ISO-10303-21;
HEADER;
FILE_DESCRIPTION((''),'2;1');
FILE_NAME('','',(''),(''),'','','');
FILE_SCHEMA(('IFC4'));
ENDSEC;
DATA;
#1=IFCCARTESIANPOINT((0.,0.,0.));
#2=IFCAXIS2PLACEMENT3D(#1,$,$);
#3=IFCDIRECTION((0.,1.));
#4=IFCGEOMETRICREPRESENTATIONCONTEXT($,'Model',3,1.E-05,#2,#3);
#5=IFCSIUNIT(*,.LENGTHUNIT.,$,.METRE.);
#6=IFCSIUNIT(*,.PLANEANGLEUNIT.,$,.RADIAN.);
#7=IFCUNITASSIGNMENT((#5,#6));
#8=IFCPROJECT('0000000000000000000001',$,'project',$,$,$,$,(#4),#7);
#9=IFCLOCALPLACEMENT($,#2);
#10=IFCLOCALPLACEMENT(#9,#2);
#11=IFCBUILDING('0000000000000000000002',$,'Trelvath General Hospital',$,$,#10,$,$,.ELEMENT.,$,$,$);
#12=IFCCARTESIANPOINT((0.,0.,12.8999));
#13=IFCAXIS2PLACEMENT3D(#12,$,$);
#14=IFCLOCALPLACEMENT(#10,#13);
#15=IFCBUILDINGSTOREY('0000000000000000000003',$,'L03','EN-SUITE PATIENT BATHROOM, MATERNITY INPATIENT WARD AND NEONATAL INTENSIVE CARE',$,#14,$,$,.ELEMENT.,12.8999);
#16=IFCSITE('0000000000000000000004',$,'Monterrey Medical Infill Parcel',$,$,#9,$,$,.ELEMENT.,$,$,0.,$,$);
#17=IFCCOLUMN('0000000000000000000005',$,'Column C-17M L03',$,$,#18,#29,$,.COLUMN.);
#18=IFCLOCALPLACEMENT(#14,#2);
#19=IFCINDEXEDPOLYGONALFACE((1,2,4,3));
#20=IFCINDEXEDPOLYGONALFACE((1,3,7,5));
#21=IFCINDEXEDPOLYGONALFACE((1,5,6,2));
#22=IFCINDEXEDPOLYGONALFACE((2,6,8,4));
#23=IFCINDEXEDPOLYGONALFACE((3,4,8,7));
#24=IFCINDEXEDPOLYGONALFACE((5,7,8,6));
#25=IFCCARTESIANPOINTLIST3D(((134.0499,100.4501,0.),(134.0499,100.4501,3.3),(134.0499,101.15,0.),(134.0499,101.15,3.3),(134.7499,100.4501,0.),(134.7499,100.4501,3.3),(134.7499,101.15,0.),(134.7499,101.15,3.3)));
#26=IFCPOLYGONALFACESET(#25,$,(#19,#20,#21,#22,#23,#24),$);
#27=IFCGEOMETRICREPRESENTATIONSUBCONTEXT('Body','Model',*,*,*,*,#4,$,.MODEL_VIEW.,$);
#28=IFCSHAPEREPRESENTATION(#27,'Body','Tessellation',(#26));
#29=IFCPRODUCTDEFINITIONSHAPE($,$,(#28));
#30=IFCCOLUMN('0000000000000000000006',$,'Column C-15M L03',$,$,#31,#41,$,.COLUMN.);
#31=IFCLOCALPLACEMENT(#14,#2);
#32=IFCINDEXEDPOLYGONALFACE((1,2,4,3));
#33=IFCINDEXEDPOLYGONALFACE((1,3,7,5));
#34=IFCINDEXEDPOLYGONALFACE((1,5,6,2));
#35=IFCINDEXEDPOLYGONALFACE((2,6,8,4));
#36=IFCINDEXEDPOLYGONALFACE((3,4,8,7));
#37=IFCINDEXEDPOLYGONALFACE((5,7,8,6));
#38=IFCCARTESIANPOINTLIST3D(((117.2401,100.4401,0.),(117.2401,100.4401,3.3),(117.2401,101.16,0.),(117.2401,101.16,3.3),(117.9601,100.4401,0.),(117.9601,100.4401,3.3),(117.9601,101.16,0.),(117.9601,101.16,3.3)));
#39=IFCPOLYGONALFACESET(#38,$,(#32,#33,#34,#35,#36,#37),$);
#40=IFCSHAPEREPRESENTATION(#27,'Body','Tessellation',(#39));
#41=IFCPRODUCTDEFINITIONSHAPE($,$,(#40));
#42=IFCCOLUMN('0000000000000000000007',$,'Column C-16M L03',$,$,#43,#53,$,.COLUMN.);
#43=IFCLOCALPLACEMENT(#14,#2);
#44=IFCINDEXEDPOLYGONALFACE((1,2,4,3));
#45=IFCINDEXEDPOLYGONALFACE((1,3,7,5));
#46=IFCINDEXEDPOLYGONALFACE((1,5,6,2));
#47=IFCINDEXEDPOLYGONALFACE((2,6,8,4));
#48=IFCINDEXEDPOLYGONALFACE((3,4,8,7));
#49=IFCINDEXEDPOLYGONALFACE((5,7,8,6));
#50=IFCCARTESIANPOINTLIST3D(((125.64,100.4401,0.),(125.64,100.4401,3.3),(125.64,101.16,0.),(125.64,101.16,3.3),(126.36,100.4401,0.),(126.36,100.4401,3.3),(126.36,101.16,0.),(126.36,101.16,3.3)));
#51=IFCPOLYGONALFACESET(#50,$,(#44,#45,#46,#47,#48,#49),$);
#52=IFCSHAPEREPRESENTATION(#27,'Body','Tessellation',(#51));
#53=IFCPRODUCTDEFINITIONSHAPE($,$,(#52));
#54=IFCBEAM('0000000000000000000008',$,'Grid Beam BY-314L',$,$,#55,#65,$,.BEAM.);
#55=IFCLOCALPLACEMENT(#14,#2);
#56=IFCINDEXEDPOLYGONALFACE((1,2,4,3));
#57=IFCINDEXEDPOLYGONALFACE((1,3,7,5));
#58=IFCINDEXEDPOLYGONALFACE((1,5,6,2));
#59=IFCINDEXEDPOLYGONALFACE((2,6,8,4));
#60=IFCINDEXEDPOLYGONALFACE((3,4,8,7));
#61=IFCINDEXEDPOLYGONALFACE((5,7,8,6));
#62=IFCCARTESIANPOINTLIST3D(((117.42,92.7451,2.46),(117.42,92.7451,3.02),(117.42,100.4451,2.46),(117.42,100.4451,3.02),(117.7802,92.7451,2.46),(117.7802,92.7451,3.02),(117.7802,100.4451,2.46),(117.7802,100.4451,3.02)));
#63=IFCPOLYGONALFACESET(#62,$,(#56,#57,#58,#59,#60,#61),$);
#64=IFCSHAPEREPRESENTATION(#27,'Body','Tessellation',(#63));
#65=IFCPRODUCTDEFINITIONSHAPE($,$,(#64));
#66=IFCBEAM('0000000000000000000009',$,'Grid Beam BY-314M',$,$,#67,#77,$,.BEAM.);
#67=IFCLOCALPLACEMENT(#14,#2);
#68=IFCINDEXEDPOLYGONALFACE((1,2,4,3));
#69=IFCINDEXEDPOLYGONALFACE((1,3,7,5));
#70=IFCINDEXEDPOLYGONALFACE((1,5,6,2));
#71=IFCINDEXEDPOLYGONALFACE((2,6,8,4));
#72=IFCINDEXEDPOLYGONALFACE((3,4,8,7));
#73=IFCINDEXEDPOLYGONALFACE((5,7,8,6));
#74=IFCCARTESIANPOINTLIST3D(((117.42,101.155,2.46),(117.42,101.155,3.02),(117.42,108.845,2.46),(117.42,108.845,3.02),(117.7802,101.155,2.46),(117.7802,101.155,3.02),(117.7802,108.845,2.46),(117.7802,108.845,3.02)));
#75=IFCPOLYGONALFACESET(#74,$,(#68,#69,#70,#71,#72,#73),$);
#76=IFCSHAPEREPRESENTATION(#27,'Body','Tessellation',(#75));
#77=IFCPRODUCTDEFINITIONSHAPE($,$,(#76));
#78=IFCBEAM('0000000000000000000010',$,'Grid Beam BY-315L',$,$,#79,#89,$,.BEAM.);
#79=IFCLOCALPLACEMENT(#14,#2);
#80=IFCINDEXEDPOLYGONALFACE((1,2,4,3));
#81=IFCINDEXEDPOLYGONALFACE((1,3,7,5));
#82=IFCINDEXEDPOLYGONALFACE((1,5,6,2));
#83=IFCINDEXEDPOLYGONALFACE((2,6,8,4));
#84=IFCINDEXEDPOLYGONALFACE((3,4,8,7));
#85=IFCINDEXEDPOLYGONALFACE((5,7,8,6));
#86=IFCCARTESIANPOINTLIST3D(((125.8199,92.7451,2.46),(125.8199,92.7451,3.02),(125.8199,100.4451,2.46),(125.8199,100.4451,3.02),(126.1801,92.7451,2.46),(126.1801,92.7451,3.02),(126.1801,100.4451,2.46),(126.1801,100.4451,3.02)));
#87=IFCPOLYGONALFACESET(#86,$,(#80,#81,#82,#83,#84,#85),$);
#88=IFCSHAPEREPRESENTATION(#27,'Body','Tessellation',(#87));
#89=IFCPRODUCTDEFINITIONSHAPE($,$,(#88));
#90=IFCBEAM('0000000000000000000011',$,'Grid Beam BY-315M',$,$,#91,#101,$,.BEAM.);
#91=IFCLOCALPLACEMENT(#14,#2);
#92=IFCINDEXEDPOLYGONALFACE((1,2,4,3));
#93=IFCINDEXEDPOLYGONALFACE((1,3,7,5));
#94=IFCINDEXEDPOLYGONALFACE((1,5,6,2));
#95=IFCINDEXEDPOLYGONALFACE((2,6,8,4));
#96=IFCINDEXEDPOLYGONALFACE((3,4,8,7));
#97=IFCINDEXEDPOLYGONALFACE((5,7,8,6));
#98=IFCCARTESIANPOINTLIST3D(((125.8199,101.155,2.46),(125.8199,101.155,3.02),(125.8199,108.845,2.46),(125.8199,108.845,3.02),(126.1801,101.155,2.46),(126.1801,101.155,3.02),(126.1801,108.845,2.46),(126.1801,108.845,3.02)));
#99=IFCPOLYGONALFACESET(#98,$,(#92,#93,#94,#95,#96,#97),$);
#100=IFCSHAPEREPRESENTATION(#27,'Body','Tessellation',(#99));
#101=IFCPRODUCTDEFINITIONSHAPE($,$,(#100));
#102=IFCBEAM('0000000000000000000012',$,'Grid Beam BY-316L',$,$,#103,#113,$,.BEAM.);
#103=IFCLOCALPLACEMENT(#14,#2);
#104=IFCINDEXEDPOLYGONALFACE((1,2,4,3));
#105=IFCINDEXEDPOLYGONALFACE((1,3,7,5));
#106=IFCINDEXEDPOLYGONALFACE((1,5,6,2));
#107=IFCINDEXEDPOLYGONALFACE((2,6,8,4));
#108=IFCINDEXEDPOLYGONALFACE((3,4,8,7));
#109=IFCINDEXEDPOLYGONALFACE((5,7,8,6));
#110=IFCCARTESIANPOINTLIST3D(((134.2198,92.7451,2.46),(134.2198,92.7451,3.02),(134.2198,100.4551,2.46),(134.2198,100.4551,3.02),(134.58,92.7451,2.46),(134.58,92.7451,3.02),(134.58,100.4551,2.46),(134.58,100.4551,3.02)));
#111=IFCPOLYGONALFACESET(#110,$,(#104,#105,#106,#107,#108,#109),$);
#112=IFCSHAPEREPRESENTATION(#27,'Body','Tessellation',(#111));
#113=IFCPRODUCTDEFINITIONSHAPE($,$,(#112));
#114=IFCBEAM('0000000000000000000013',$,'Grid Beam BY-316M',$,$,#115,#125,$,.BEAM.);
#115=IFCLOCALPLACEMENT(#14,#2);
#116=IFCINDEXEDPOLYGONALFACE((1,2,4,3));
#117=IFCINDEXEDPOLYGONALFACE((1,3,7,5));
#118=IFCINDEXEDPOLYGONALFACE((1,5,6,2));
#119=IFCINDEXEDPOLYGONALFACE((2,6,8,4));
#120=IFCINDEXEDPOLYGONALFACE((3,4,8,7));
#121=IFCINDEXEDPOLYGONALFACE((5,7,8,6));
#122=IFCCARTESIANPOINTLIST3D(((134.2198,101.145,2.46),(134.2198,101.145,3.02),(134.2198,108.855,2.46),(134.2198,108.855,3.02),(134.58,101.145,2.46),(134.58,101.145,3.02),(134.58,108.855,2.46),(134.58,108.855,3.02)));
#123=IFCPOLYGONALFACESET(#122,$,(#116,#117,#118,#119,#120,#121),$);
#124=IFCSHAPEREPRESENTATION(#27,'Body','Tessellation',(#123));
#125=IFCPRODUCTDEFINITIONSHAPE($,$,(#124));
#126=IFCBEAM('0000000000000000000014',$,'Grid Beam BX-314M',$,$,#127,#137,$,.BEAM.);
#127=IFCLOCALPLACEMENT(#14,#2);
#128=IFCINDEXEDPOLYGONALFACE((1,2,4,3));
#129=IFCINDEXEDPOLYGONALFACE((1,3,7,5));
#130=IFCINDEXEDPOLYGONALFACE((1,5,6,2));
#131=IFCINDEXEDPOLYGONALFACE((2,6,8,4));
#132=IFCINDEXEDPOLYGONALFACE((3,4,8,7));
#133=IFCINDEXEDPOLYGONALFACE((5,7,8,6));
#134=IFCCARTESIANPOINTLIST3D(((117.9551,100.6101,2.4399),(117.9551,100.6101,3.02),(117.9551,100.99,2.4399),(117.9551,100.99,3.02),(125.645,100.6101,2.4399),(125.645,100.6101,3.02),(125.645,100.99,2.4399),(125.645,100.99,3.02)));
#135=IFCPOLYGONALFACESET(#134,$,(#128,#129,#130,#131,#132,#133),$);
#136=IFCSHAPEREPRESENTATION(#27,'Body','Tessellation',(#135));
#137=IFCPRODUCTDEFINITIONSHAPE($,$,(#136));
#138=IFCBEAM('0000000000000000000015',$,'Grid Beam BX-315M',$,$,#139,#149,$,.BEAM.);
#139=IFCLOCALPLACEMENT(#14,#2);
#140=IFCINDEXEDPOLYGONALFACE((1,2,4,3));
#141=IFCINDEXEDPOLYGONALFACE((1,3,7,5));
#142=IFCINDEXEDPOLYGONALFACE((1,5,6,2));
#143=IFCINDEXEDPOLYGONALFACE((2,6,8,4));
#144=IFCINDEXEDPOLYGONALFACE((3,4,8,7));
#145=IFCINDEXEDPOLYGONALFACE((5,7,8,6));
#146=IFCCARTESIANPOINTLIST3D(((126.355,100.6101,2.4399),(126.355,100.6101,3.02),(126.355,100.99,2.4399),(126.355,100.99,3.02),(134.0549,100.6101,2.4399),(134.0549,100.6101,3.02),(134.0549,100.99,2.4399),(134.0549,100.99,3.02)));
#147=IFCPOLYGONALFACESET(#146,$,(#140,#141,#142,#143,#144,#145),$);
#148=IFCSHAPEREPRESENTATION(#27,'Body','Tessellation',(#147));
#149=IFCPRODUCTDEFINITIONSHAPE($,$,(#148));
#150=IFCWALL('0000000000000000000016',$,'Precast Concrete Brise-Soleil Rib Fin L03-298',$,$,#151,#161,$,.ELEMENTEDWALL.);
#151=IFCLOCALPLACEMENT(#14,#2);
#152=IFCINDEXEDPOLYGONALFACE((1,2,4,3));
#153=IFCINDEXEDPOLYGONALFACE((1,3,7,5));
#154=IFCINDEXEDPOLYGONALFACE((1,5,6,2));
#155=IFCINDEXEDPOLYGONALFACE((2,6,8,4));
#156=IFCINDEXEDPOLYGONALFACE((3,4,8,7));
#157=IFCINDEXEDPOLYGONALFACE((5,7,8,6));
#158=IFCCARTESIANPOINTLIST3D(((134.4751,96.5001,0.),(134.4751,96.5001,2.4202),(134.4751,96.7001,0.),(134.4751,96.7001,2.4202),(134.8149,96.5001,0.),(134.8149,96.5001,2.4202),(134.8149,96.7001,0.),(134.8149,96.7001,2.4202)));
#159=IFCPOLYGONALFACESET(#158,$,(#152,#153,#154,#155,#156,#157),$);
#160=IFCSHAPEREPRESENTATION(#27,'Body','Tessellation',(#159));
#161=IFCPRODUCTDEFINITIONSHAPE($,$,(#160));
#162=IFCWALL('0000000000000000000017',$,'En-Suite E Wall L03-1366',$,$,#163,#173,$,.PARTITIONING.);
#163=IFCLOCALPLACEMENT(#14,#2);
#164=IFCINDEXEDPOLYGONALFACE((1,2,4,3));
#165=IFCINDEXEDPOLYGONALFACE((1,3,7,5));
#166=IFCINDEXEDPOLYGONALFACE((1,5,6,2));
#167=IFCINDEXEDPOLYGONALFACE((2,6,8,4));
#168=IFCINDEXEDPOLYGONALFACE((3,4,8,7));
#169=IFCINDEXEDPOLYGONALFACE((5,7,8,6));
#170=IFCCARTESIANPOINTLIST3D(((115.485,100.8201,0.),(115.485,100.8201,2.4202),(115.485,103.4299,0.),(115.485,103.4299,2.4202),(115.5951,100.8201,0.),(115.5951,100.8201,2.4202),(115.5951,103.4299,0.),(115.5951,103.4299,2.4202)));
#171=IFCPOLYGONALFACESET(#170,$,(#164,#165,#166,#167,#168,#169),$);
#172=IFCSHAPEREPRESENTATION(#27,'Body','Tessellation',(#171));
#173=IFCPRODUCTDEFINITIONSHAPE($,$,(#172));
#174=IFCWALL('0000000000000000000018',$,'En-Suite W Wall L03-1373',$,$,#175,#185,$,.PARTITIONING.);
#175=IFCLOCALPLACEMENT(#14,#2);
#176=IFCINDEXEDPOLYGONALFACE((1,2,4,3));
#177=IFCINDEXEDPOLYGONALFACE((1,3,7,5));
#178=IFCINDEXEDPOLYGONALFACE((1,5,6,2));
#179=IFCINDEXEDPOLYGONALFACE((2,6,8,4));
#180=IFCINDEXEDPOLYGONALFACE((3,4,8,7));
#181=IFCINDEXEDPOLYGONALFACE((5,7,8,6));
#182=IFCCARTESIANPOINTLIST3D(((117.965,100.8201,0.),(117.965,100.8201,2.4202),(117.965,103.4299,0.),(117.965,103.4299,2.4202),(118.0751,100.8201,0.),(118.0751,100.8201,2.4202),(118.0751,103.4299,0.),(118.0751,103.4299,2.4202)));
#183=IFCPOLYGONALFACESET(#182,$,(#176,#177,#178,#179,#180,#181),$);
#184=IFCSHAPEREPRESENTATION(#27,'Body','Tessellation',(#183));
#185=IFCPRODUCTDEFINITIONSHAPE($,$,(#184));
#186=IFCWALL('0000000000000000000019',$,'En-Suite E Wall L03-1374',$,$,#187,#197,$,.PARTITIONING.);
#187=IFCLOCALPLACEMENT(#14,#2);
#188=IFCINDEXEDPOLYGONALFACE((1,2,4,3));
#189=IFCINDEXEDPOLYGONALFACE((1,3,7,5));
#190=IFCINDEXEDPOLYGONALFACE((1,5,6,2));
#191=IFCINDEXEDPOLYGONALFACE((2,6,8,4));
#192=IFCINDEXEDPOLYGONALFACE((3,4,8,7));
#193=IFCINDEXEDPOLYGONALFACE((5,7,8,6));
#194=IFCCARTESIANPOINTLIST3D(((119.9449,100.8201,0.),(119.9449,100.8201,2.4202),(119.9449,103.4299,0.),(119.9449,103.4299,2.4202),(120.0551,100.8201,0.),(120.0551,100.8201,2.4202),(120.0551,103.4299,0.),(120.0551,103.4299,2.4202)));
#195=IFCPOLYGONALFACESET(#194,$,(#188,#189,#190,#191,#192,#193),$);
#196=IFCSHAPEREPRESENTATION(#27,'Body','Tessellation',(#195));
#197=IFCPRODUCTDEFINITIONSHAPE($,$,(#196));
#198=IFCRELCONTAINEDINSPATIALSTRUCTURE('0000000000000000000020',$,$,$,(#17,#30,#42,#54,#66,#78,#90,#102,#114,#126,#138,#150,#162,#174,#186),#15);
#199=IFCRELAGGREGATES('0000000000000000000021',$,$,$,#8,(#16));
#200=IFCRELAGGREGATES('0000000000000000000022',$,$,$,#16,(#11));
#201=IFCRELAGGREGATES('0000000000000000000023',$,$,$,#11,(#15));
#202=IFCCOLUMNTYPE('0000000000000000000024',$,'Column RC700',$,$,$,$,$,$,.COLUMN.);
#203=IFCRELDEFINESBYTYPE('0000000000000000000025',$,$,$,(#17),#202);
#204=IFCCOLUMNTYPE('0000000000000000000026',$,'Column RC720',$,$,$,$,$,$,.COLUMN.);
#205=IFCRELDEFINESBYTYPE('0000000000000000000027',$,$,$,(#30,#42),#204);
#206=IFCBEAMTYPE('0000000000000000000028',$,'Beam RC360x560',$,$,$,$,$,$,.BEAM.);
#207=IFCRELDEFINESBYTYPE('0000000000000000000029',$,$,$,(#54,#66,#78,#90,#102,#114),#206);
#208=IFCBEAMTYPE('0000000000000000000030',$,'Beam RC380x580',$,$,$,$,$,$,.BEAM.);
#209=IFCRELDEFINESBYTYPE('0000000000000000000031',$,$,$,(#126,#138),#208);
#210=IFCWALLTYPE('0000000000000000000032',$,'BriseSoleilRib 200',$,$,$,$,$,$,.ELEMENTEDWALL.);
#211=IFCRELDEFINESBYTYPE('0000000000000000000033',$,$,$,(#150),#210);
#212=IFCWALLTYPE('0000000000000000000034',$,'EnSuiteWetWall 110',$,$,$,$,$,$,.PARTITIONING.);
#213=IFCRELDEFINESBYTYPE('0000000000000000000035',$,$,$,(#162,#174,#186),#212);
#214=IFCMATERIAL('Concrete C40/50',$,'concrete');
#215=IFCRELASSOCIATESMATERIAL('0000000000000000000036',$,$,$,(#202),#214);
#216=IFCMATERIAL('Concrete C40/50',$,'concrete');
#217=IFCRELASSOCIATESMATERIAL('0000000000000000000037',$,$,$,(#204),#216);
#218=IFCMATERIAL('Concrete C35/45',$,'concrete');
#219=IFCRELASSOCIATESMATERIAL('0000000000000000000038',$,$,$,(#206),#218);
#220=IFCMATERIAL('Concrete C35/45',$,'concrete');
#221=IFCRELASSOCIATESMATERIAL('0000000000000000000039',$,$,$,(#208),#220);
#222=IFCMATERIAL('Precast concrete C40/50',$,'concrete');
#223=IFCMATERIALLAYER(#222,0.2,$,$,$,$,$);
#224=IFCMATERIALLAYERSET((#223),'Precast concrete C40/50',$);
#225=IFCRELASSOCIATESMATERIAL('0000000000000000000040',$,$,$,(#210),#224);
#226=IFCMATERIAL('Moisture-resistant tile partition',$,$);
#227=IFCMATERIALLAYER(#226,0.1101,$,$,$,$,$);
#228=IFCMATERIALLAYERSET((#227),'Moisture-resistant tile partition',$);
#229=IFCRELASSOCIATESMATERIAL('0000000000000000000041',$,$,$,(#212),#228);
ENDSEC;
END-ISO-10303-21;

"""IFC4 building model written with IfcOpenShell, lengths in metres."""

from ifc_helpers import new_model, si_unit, direction, frame, frame_2d, origin, origin_2d, place, context, subcontext, project, spatial, rectangle, extrude, material, layer, layer_set, material_profile, profile_set, type_object, element, save


model = new_model("IFC4")

# Units and contexts
model_context = context("Model", 3, precision=1e-05, world=origin(), true_north=direction((0.0, 1.0)))
body_context = subcontext(model_context, "Body", "Model", "MODEL_VIEW")
ifc_project = project(units=[si_unit("LENGTHUNIT", "METRE"), si_unit("PLANEANGLEUNIT", "RADIAN")], contexts=[model_context])

# Site, building, storey
site_placement = place(None, origin())
site = spatial("IfcSite", under=ifc_project, at=site_placement, Name="Monterrey Medical Infill Parcel", CompositionType="ELEMENT", RefElevation=0.0)
building_placement = place(site_placement, origin())
building = spatial("IfcBuilding", under=site, at=building_placement, Name="Trelvath General Hospital", CompositionType="ELEMENT")
storey_placement = place(building_placement, frame((0.0, 0.0, 12.8999)))
storey = spatial("IfcBuildingStorey", under=building, at=storey_placement, Name="L03", Description="EN-SUITE PATIENT BATHROOM, MATERNITY INPATIENT WARD AND NEONATAL INTENSIVE CARE", CompositionType="ELEMENT", Elevation=12.8999)

# Columns
ifc_material_1 = material(Name="Concrete C40/50", Category="concrete")
ifc_material_profile_1 = material_profile(ifc_material_1, rectangle(XDim=0.7, YDim=0.7, at=origin_2d()), Name="RC700x700")
ifc_profile_set_1 = profile_set([ifc_material_profile_1], Name="Concrete C40/50")
column_type_1 = type_object("IfcColumnType", Name="Column RC700", PredefinedType="COLUMN", material=ifc_profile_set_1)
column_placement = place(storey_placement, frame((134.3999, 100.8, 0.0), z_axis=(0.0, 0.0, 1.0), x_axis=(1.0, 0.0, 0.0)))
element("IfcColumn", 1, at=column_placement, inside=storey, type_object=column_type_1, Name="Column C-17M L03", PredefinedType="COLUMN", context=body_context, shape_type="SweptSolid", body=[
    extrude(rectangle(XDim=0.7, YDim=0.7, at=origin_2d()), origin(), (0.0, 0.0, 1.0), 3.3),
])
ifc_material_2 = material(Name="Concrete C40/50", Category="concrete")
ifc_material_profile_2 = material_profile(ifc_material_2, rectangle(XDim=0.72, YDim=0.72, at=origin_2d()), Name="RC720x720")
ifc_profile_set_2 = profile_set([ifc_material_profile_2], Name="Concrete C40/50")
column_type_2 = type_object("IfcColumnType", Name="Column RC720", PredefinedType="COLUMN", material=ifc_profile_set_2)
for number, where, z_axis, x_axis, name in (
    (2, (117.6001, 100.8, 0.0), (0.0, 0.0, 1.0), (1.0, 0.0, 0.0), "Column C-15M L03"),
    (3, (126.0, 100.8, 0.0), (0.0, 0.0, 1.0), (1.0, 0.0, 0.0), "Column C-16M L03"),
):
    element("IfcColumn", number, at=place(storey_placement, frame(where, z_axis=z_axis, x_axis=x_axis)), inside=storey, type_object=column_type_2, Name=name, PredefinedType="COLUMN", context=body_context, shape_type="SweptSolid", body=[
        extrude(rectangle(XDim=0.72, YDim=0.72, at=origin_2d()), origin(), (0.0, 0.0, 1.0), 3.3),
    ])

# Beams
ifc_material_3 = material(Name="Concrete C35/45", Category="concrete")
ifc_material_profile_3 = material_profile(ifc_material_3, rectangle(XDim=0.3601, YDim=0.5601, at=origin_2d()), Name="RCB360x560")
ifc_profile_set_3 = profile_set([ifc_material_profile_3], Name="Concrete C35/45")
beam_type_1 = type_object("IfcBeamType", Name="Beam RC360x560", PredefinedType="BEAM", material=ifc_profile_set_3)
beam_1_placement = place(storey_placement, frame((117.6001, 92.7451, 2.74), z_axis=(0.0, 1.0, 0.0), x_axis=(-1.0, 0.0, 0.0)))
element("IfcBeam", 4, at=beam_1_placement, inside=storey, type_object=beam_type_1, Name="Grid Beam BY-314L", PredefinedType="BEAM", context=body_context, shape_type="SweptSolid", body=[
    extrude(rectangle(XDim=0.3601, YDim=0.5601, at=origin_2d()), origin(), (0.0, 0.0, 1.0), 7.7),
])
beam_2_placement = place(storey_placement, frame((117.6001, 101.155, 2.74), z_axis=(0.0, 1.0, 0.0), x_axis=(-1.0, 0.0, 0.0)))
element("IfcBeam", 5, at=beam_2_placement, inside=storey, type_object=beam_type_1, Name="Grid Beam BY-314M", PredefinedType="BEAM", context=body_context, shape_type="SweptSolid", body=[
    extrude(rectangle(XDim=0.3601, YDim=0.5601, at=origin_2d()), origin(), (0.0, 0.0, 1.0), 7.6899),
])
beam_3_placement = place(storey_placement, frame((126.0, 92.7451, 2.74), z_axis=(0.0, 1.0, 0.0), x_axis=(-1.0, 0.0, 0.0)))
element("IfcBeam", 6, at=beam_3_placement, inside=storey, type_object=beam_type_1, Name="Grid Beam BY-315L", PredefinedType="BEAM", context=body_context, shape_type="SweptSolid", body=[
    extrude(rectangle(XDim=0.3601, YDim=0.5601, at=origin_2d()), origin(), (0.0, 0.0, 1.0), 7.7),
])
beam_4_placement = place(storey_placement, frame((126.0, 101.155, 2.74), z_axis=(0.0, 1.0, 0.0), x_axis=(-1.0, 0.0, 0.0)))
element("IfcBeam", 7, at=beam_4_placement, inside=storey, type_object=beam_type_1, Name="Grid Beam BY-315M", PredefinedType="BEAM", context=body_context, shape_type="SweptSolid", body=[
    extrude(rectangle(XDim=0.3601, YDim=0.5601, at=origin_2d()), origin(), (0.0, 0.0, 1.0), 7.6899),
])
for number, where, z_axis, x_axis, name in (
    (8, (134.3999, 92.7451, 2.74), (0.0, 1.0, 0.0), (-1.0, 0.0, 0.0), "Grid Beam BY-316L"),
    (9, (134.3999, 101.145, 2.74), (0.0, 1.0, 0.0), (-1.0, 0.0, 0.0), "Grid Beam BY-316M"),
):
    element("IfcBeam", number, at=place(storey_placement, frame(where, z_axis=z_axis, x_axis=x_axis)), inside=storey, type_object=beam_type_1, Name=name, PredefinedType="BEAM", context=body_context, shape_type="SweptSolid", body=[
        extrude(rectangle(XDim=0.3601, YDim=0.5601, at=origin_2d()), origin(), (0.0, 0.0, 1.0), 7.71),
    ])
ifc_material_4 = material(Name="Concrete C35/45", Category="concrete")
ifc_material_profile_4 = material_profile(ifc_material_4, rectangle(XDim=0.3799, YDim=0.5801, at=origin_2d()), Name="RCB380x580")
ifc_profile_set_4 = profile_set([ifc_material_profile_4], Name="Concrete C35/45")
beam_type_2 = type_object("IfcBeamType", Name="Beam RC380x580", PredefinedType="BEAM", material=ifc_profile_set_4)
beam_5_placement = place(storey_placement, frame((117.9551, 100.8, 2.73), z_axis=(1.0, 0.0, 0.0), x_axis=(0.0, 1.0, 0.0)))
element("IfcBeam", 10, at=beam_5_placement, inside=storey, type_object=beam_type_2, Name="Grid Beam BX-314M", PredefinedType="BEAM", context=body_context, shape_type="SweptSolid", body=[
    extrude(rectangle(XDim=0.3799, YDim=0.5801, at=origin_2d()), origin(), (0.0, 0.0, 1.0), 7.6899),
])
beam_6_placement = place(storey_placement, frame((126.355, 100.8, 2.73), z_axis=(1.0, 0.0, 0.0), x_axis=(0.0, 1.0, 0.0)))
element("IfcBeam", 11, at=beam_6_placement, inside=storey, type_object=beam_type_2, Name="Grid Beam BX-315M", PredefinedType="BEAM", context=body_context, shape_type="SweptSolid", body=[
    extrude(rectangle(XDim=0.3799, YDim=0.5801, at=origin_2d()), origin(), (0.0, 0.0, 1.0), 7.7),
])

# Walls
ifc_material_5 = material(Name="Precast concrete C40/50", Category="concrete")
ifc_layer_1 = layer(ifc_material_5, 0.2)
ifc_layer_set_1 = layer_set([ifc_layer_1], Name="Precast concrete C40/50")
wall_type_1 = type_object("IfcWallType", Name="BriseSoleilRib 200", PredefinedType="ELEMENTEDWALL", material=ifc_layer_set_1)
wall_1_placement = place(storey_placement, frame((134.4751, 96.6001, 0.0), z_axis=(0.0, 0.0, 1.0), x_axis=(1.0, 0.0, 0.0)))
element("IfcWall", 12, at=wall_1_placement, inside=storey, type_object=wall_type_1, Name="Precast Concrete Brise-Soleil Rib Fin L03-298", PredefinedType="ELEMENTEDWALL", context=body_context, shape_type="SweptSolid", body=[
    extrude(rectangle(XDim=0.3398, YDim=0.2, at=frame_2d((0.1699, 0.0))), origin(), (0.0, 0.0, 1.0), 2.4202),
])
ifc_material_6 = material(Name="Moisture-resistant tile partition")
ifc_layer_2 = layer(ifc_material_6, 0.1101)
ifc_layer_set_2 = layer_set([ifc_layer_2], Name="Moisture-resistant tile partition")
wall_type_2 = type_object("IfcWallType", Name="EnSuiteWetWall 110", PredefinedType="PARTITIONING", material=ifc_layer_set_2)
for number, where, z_axis, x_axis, name in (
    (13, (115.54, 100.8201, 0.0), (0.0, 0.0, 1.0), (0.0, 1.0, 0.0), "En-Suite E Wall L03-1366"),
    (14, (118.02, 100.8201, 0.0), (0.0, 0.0, 1.0), (0.0, 1.0, 0.0), "En-Suite W Wall L03-1373"),
    (15, (120.0, 100.8201, 0.0), (0.0, 0.0, 1.0), (0.0, 1.0, 0.0), "En-Suite E Wall L03-1374"),
):
    element("IfcWall", number, at=place(storey_placement, frame(where, z_axis=z_axis, x_axis=x_axis)), inside=storey, type_object=wall_type_2, Name=name, PredefinedType="PARTITIONING", context=body_context, shape_type="SweptSolid", body=[
        extrude(rectangle(XDim=2.6099, YDim=0.1101, at=frame_2d((1.3049, 0.0))), origin(), (0.0, 0.0, 1.0), 2.4202),
    ])

save(model, "model.ifc")
